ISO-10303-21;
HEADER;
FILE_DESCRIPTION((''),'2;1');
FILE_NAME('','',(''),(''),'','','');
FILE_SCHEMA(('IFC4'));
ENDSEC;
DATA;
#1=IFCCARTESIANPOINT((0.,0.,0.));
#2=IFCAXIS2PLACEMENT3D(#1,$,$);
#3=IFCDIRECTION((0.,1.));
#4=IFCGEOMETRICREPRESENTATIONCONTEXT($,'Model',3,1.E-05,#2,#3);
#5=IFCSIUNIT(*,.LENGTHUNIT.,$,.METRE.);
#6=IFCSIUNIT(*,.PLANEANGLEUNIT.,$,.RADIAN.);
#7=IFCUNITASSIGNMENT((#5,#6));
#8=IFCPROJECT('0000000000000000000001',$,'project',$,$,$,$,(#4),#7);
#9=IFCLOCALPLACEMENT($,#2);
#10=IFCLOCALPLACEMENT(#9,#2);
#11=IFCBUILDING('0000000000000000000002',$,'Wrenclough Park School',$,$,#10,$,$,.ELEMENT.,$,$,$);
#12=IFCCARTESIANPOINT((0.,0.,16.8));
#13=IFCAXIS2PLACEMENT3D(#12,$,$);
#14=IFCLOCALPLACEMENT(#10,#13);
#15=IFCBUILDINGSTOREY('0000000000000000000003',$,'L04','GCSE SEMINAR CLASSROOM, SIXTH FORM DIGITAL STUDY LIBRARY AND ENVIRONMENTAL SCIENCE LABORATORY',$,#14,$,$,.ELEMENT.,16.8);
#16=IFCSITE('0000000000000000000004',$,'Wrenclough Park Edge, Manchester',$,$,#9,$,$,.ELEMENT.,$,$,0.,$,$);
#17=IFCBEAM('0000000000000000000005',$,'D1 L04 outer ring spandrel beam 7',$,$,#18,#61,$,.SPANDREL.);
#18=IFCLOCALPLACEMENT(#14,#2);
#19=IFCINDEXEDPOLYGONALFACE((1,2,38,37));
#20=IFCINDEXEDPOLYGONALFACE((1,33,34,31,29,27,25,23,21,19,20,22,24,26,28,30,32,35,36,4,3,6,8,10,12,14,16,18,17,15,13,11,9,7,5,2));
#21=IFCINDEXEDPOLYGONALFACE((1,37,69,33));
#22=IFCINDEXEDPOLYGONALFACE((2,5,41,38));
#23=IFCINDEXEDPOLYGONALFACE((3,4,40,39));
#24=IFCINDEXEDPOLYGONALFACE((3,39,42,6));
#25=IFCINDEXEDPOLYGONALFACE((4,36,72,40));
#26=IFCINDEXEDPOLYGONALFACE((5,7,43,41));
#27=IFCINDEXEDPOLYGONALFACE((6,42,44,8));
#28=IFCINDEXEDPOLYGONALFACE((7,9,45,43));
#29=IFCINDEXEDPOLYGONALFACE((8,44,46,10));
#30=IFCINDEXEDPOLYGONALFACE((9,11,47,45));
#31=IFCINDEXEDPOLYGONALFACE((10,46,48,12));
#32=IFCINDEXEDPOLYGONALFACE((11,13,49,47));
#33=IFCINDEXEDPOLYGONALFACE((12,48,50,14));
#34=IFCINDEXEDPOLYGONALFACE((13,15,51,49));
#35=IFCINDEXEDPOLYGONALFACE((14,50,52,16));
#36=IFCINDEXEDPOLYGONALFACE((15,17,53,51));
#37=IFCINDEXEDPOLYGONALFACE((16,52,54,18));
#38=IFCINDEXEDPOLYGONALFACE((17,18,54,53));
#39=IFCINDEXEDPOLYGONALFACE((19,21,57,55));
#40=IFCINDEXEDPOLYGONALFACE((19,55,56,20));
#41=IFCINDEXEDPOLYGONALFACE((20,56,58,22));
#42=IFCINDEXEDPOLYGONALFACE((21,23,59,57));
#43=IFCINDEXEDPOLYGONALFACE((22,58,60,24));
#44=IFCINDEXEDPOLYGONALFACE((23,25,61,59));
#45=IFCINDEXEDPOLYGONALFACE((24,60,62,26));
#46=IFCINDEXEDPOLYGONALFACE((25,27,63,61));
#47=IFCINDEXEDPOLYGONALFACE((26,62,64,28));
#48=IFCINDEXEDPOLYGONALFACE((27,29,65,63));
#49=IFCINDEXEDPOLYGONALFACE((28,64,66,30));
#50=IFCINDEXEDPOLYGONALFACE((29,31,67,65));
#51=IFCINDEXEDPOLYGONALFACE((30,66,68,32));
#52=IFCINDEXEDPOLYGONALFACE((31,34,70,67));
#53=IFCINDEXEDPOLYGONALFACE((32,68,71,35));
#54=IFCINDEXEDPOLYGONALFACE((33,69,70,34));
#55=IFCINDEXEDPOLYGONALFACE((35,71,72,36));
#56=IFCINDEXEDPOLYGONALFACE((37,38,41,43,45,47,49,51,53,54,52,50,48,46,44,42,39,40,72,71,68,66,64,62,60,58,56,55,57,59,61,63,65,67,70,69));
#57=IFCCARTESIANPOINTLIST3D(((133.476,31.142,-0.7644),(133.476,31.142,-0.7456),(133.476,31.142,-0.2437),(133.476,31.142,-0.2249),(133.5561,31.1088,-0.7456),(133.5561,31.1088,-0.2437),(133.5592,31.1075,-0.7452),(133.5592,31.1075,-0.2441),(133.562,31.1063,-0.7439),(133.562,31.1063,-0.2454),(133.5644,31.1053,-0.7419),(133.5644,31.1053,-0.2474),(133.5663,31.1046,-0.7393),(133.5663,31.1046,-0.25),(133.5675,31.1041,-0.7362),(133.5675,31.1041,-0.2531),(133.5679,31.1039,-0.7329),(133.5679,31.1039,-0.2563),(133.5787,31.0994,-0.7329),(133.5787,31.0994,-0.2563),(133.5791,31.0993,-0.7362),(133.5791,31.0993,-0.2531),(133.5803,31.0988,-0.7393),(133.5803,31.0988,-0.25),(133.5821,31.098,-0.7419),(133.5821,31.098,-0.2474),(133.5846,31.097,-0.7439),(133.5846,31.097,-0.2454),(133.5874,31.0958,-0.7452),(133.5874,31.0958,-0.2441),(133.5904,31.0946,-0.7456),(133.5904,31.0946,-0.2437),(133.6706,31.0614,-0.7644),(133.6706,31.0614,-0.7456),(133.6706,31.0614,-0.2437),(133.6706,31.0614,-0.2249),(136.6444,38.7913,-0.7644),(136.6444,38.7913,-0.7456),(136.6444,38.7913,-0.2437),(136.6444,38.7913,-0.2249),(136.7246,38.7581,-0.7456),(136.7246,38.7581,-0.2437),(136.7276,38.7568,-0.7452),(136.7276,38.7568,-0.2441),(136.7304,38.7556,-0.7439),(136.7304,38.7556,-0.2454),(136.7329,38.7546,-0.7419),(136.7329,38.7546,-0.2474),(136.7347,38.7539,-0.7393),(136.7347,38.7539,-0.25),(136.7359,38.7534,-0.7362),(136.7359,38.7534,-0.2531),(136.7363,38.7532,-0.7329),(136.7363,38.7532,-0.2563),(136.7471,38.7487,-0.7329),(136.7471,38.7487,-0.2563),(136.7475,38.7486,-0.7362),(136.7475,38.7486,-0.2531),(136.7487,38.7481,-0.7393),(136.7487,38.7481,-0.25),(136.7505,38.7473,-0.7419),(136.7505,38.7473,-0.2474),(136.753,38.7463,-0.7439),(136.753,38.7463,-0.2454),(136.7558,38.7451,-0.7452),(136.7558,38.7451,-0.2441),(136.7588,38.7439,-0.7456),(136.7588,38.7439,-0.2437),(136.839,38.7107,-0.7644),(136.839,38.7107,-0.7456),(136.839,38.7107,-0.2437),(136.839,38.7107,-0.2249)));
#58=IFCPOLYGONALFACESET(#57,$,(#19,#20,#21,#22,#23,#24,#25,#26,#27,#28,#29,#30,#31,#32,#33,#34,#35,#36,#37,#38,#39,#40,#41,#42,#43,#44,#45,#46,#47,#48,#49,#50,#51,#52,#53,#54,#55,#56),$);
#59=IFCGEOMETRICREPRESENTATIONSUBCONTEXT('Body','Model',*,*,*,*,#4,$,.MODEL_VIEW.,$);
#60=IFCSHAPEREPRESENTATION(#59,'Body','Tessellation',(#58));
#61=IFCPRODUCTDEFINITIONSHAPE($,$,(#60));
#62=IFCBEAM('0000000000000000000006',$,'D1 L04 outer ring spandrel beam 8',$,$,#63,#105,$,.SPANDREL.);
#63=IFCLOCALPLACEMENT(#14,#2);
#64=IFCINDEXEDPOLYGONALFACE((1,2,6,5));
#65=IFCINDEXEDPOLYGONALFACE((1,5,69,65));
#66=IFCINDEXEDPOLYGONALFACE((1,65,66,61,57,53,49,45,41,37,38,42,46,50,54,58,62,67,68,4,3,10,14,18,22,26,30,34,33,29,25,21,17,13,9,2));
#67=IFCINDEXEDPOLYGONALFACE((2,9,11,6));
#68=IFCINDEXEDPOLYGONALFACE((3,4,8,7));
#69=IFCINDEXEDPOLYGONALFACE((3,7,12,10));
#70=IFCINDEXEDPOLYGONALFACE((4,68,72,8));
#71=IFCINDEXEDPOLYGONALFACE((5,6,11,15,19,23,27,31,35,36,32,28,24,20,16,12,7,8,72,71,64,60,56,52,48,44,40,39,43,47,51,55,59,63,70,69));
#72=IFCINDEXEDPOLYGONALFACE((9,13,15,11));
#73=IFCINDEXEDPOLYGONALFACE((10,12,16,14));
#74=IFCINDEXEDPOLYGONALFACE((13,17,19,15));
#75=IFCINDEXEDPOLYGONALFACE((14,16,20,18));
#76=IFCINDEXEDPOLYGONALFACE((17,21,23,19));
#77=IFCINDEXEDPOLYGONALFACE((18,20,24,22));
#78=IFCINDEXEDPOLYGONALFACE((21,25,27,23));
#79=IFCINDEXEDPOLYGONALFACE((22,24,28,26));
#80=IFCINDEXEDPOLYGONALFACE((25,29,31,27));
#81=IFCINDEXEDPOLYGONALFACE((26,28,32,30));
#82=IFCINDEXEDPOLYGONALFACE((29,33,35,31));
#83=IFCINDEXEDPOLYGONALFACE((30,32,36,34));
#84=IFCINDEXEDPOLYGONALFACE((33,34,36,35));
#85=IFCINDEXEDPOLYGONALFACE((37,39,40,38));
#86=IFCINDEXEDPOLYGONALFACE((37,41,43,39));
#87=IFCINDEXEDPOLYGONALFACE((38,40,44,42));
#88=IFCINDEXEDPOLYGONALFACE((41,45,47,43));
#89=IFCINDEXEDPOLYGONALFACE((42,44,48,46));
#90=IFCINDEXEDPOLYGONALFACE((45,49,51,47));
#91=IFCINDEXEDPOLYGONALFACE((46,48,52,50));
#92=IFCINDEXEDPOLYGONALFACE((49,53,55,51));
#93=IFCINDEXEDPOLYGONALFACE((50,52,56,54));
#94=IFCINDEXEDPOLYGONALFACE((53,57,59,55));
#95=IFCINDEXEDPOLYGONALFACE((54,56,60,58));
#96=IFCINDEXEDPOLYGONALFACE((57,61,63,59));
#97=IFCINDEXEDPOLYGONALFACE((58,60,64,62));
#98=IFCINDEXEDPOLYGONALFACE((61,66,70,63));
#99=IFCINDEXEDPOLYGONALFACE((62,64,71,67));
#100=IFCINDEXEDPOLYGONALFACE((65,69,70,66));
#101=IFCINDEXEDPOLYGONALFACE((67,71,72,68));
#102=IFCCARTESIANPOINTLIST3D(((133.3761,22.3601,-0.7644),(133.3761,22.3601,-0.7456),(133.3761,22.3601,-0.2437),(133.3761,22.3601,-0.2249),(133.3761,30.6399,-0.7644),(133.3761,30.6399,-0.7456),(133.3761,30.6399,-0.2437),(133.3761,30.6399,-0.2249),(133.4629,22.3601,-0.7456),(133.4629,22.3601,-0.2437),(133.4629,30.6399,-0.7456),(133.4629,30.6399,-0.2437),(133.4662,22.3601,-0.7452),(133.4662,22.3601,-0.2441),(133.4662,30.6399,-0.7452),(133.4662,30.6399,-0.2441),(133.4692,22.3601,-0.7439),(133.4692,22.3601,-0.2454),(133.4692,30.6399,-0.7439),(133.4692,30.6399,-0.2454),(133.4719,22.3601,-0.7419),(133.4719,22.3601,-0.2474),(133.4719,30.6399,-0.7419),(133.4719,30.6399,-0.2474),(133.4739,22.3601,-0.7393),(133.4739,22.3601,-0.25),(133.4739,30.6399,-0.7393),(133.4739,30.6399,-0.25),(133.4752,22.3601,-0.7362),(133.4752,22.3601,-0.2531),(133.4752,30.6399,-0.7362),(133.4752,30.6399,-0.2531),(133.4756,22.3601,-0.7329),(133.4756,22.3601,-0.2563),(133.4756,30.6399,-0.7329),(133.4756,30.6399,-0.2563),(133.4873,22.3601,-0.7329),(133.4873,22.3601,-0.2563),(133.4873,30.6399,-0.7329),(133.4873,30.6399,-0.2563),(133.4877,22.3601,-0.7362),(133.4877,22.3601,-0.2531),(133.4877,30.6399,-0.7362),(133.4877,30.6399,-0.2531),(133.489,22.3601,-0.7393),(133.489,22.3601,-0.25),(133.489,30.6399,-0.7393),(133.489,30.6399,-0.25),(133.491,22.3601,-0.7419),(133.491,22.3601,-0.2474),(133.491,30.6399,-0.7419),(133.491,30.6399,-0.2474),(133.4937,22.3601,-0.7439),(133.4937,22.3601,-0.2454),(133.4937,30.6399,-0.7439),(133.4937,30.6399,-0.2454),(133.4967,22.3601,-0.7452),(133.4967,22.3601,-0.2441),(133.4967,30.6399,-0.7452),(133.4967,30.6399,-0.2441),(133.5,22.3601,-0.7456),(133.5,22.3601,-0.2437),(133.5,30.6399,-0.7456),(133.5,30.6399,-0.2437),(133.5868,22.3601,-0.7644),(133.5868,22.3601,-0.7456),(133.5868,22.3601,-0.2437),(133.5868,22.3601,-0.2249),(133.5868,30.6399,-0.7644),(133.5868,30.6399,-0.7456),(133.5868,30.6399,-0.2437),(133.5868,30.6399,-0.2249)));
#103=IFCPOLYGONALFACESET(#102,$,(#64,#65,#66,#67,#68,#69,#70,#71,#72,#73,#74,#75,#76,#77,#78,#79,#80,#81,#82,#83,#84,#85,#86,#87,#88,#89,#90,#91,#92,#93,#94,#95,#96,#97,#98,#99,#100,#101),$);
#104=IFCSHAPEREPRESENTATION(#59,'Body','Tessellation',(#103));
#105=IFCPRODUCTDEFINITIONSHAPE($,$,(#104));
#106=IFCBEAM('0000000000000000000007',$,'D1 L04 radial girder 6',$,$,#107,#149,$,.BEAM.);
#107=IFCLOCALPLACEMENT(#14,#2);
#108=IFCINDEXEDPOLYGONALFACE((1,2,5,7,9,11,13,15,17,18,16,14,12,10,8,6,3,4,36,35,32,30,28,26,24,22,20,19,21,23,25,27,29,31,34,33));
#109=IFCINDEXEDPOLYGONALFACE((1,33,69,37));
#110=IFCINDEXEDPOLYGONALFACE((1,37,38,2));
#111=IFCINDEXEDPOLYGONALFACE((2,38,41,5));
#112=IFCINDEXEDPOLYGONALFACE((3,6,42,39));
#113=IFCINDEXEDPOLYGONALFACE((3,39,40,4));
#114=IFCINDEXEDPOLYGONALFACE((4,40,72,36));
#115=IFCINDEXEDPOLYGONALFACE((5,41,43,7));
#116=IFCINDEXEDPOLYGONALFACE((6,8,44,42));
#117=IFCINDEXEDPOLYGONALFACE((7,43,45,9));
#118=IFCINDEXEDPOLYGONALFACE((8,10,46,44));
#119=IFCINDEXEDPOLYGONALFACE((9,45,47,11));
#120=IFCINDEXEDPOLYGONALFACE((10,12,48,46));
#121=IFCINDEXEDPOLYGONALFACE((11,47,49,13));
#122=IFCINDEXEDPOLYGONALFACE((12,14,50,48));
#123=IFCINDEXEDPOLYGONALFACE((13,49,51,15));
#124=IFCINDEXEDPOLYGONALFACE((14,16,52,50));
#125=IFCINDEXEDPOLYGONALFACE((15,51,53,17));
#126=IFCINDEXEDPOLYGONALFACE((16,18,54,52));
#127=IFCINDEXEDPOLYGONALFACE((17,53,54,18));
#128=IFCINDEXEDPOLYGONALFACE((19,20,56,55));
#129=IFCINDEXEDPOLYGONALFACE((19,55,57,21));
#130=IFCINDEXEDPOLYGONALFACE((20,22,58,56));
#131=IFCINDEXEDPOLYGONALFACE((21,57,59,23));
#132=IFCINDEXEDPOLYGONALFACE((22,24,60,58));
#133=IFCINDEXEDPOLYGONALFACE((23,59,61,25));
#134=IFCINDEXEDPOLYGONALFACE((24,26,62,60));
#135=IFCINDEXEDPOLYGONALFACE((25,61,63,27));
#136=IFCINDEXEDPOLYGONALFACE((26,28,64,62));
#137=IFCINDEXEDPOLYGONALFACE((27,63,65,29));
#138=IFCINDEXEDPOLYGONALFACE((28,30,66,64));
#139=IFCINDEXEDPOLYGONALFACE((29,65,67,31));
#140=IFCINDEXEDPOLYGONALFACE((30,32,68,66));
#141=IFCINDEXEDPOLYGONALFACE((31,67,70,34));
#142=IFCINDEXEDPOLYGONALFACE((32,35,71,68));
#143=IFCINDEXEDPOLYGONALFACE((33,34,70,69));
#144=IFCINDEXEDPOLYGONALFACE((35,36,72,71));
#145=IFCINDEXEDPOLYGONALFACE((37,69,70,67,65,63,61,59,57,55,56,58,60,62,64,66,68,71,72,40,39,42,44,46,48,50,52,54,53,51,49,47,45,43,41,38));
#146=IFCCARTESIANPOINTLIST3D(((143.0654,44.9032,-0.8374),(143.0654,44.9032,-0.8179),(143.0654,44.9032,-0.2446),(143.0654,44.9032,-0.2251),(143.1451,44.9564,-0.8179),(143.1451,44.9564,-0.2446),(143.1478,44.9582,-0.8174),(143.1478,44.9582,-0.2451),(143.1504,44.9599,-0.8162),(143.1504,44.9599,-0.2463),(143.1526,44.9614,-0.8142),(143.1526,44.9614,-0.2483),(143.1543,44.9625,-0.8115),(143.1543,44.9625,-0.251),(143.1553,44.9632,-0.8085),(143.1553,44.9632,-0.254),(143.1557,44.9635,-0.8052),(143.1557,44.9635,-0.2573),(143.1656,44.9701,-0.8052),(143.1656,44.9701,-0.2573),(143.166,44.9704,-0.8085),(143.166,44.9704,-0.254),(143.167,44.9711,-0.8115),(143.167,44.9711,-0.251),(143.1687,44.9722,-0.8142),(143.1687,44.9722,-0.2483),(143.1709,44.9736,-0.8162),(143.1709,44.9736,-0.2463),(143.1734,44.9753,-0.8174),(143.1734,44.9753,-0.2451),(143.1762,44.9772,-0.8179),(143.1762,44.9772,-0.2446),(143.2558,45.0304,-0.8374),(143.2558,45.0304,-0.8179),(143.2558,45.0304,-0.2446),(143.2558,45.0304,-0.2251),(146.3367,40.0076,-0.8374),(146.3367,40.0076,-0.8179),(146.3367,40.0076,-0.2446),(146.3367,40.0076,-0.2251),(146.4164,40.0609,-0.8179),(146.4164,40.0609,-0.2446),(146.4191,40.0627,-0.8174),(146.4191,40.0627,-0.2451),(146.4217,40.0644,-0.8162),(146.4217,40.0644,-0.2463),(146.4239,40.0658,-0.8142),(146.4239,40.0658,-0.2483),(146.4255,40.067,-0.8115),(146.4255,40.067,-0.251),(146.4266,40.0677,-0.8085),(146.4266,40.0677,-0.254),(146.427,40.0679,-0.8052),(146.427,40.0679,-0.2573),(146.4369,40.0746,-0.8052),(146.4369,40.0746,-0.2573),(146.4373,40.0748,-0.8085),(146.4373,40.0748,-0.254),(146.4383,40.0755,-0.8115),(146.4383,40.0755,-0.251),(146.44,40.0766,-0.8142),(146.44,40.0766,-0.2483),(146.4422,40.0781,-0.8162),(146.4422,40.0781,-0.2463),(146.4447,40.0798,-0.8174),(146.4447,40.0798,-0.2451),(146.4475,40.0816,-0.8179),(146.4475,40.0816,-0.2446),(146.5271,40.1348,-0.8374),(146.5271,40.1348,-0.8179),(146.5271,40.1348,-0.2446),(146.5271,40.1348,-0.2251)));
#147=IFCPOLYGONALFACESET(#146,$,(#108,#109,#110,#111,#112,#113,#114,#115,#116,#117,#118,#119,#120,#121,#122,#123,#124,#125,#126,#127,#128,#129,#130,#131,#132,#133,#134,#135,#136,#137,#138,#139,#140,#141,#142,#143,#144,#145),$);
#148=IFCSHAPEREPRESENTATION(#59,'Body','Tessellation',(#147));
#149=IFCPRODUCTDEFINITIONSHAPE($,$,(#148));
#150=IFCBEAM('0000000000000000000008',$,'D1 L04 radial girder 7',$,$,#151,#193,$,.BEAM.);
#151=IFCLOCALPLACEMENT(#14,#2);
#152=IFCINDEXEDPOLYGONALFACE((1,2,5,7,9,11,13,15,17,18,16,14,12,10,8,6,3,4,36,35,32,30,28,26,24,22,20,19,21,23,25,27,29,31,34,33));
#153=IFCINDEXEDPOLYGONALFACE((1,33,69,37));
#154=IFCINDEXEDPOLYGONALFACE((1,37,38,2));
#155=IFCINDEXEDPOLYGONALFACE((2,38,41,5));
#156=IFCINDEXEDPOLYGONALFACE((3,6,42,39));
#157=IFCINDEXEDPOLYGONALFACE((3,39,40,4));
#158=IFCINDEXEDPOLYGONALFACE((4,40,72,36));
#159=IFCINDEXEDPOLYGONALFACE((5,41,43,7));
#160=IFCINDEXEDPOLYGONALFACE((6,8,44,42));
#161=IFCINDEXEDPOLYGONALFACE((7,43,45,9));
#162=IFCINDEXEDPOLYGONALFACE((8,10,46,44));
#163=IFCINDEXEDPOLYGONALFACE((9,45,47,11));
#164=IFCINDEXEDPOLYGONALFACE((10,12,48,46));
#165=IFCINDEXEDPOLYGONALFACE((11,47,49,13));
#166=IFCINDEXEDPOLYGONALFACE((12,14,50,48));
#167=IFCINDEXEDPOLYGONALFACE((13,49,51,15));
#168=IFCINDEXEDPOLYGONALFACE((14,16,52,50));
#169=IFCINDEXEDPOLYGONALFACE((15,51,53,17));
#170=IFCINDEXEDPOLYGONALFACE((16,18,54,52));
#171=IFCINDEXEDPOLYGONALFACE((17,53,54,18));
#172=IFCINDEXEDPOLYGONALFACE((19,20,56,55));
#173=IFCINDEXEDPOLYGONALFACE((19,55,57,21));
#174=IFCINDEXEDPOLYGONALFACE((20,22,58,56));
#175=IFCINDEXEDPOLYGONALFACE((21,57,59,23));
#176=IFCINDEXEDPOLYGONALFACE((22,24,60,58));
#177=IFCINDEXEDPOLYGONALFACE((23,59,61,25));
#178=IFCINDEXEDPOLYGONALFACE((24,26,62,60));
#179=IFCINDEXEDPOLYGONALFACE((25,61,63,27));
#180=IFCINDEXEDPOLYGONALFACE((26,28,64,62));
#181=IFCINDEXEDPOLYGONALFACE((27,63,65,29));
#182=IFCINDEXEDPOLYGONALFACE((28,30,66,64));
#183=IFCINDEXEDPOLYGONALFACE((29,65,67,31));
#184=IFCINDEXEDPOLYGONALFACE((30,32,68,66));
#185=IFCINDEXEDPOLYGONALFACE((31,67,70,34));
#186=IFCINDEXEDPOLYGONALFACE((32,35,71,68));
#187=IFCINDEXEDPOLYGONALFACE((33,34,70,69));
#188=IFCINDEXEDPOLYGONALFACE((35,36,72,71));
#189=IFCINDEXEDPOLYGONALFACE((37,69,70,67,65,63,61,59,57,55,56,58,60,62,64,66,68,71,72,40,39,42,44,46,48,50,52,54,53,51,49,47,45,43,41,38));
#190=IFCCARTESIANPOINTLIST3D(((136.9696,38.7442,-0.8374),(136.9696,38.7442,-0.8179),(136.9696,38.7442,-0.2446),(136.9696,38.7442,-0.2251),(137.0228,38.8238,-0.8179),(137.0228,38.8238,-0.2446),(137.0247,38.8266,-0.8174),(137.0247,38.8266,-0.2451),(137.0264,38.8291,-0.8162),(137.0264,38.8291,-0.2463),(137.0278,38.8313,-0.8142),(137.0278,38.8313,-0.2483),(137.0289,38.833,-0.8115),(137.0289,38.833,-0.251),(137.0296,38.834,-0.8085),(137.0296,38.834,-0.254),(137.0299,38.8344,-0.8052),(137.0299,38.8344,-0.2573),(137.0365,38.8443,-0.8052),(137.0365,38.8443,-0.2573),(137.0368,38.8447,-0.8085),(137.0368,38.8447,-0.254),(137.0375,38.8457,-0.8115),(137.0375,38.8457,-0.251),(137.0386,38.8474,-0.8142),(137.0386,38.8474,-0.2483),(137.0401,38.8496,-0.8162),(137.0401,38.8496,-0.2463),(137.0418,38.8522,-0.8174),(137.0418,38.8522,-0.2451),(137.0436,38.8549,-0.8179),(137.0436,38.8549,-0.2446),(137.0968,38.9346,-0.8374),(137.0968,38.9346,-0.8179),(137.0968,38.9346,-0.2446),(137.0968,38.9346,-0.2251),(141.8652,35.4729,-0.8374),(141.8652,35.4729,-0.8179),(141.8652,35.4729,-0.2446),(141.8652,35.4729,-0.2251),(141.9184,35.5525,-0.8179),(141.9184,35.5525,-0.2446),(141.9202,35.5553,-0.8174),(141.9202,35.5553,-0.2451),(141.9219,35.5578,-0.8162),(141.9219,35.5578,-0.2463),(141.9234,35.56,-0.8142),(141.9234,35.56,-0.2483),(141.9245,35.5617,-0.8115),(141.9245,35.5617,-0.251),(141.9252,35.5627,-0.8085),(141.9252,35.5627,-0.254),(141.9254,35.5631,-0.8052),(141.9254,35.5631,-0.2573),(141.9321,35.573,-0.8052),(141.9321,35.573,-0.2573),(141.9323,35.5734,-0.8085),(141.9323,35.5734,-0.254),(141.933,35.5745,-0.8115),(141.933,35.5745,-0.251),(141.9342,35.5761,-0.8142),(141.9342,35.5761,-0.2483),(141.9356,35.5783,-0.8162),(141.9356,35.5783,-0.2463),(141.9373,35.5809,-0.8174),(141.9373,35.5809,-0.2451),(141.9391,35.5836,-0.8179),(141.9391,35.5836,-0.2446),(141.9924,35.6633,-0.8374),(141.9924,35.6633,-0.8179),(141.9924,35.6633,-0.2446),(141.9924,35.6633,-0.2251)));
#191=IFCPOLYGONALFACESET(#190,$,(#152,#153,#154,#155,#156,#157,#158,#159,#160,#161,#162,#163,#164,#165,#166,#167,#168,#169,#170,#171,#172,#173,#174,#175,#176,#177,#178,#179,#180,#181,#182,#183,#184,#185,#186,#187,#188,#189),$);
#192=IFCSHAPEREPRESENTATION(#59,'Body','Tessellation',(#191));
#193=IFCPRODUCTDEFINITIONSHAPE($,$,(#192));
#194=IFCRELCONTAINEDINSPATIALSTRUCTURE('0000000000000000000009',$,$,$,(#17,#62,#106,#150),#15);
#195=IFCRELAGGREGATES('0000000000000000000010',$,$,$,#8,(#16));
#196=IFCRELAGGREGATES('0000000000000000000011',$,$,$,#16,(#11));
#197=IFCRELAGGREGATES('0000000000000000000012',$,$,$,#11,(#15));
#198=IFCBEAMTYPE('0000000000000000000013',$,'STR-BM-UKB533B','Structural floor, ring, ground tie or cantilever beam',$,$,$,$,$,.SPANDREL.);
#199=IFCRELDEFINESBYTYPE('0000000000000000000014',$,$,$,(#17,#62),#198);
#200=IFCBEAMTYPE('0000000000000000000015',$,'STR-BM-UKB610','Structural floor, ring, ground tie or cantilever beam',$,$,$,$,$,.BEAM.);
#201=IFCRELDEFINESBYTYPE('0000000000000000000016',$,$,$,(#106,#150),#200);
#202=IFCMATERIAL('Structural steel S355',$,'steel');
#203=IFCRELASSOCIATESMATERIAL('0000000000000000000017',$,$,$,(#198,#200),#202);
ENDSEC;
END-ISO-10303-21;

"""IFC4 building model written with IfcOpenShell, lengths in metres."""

from ifc_helpers import new_model, si_unit, direction, frame, origin, origin_2d, place, context, subcontext, project, spatial, i_section, extrude, material, material_profile, profile_set, type_object, element, save


model = new_model("IFC4")

# Units and contexts
model_context = context("Model", 3, precision=1e-05, world=origin(), true_north=direction((0.0, 1.0)))
body_context = subcontext(model_context, "Body", "Model", "MODEL_VIEW")
ifc_project = project(units=[si_unit("LENGTHUNIT", "METRE"), si_unit("PLANEANGLEUNIT", "RADIAN")], contexts=[model_context])

# Site, building, storey
site_placement = place(None, origin())
site = spatial("IfcSite", under=ifc_project, at=site_placement, Name="Wrenclough Park Edge, Manchester", CompositionType="ELEMENT", RefElevation=0.0)
building_placement = place(site_placement, origin())
building = spatial("IfcBuilding", under=site, at=building_placement, Name="Wrenclough Park School", CompositionType="ELEMENT")
storey_placement = place(building_placement, frame((0.0, 0.0, 16.8)))
storey = spatial("IfcBuildingStorey", under=building, at=storey_placement, Name="L04", Description="GCSE SEMINAR CLASSROOM, SIXTH FORM DIGITAL STUDY LIBRARY AND ENVIRONMENTAL SCIENCE LABORATORY", CompositionType="ELEMENT", Elevation=16.8)

# Shared definitions
ifc_material_1 = material(Name="Structural steel S355", Category="steel")

# Beams
ifc_material_profile_1 = material_profile(ifc_material_1, i_section(OverallWidth=0.2107, OverallDepth=0.5396, WebThickness=0.0117, FlangeThickness=0.0188, FilletRadius=0.0127, at=origin_2d()), Name="UKB 533x210x109")
ifc_profile_set_1 = profile_set([ifc_material_profile_1], Name="Structural steel S355")
beam_type_1 = type_object("IfcBeamType", Name="STR-BM-UKB533B", Description="Structural floor, ring, ground tie or cantilever beam", PredefinedType="SPANDREL", material=ifc_profile_set_1)
for number, where, z_axis, x_axis, name in (
    (1, (136.7417, 38.751, -0.4946), (-0.38268, -0.923881, 0.0), (0.923881, -0.38268, 0.0), "D1 L04 outer ring spandrel beam 7"),
):
    element("IfcBeam", number, at=place(storey_placement, frame(where, z_axis=z_axis, x_axis=x_axis)), inside=storey, type_object=beam_type_1, Name=name, PredefinedType="SPANDREL", context=body_context, shape_type="SweptSolid", body=[
        extrude(i_section(OverallWidth=0.2107, OverallDepth=0.5396, WebThickness=0.0117, FlangeThickness=0.0188, FilletRadius=0.0127, at=origin_2d()), origin(), (0.0, 0.0, 1.0), 8.2795),
    ])
beam_1_placement = place(storey_placement, frame((133.4814, 30.6399, -0.4946), z_axis=(0.0, -1.0, 0.0), x_axis=(1.0, 0.0, 0.0)))
element("IfcBeam", 2, at=beam_1_placement, inside=storey, type_object=beam_type_1, Name="D1 L04 outer ring spandrel beam 8", PredefinedType="SPANDREL", context=body_context, shape_type="SweptSolid", body=[
    extrude(i_section(OverallWidth=0.2107, OverallDepth=0.5396, WebThickness=0.0117, FlangeThickness=0.0188, FilletRadius=0.0127, at=origin_2d()), origin(), (0.0, 0.0, 1.0), 8.2798),
])
ifc_material_profile_2 = material_profile(ifc_material_1, i_section(OverallWidth=0.229, OverallDepth=0.6123, WebThickness=0.012, FlangeThickness=0.0195, FilletRadius=0.0127, at=origin_2d()), Name="UKB 610x229x125")
ifc_profile_set_2 = profile_set([ifc_material_profile_2], Name="Structural steel S355")
beam_type_2 = type_object("IfcBeamType", Name="STR-BM-UKB610", Description="Structural floor, ring, ground tie or cantilever beam", PredefinedType="BEAM", material=ifc_profile_set_2)
for number, where, z_axis, x_axis, name in (
    (3, (143.1606, 44.9668, -0.5312), (0.55559, -0.831457, 0.0), (0.831457, 0.55559, 0.0), "D1 L04 radial girder 6"),
    (4, (137.0332, 38.8394, -0.5312), (0.831457, -0.55559, 0.0), (0.55559, 0.831457, 0.0), "D1 L04 radial girder 7"),
):
    element("IfcBeam", number, at=place(storey_placement, frame(where, z_axis=z_axis, x_axis=x_axis)), inside=storey, type_object=beam_type_2, Name=name, PredefinedType="BEAM", context=body_context, shape_type="SweptSolid", body=[
        extrude(i_section(OverallWidth=0.229, OverallDepth=0.6123, WebThickness=0.012, FlangeThickness=0.0195, FilletRadius=0.0127, at=origin_2d()), origin(), (0.0, 0.0, 1.0), 5.8879),
    ])

save(model, "model.ifc")
